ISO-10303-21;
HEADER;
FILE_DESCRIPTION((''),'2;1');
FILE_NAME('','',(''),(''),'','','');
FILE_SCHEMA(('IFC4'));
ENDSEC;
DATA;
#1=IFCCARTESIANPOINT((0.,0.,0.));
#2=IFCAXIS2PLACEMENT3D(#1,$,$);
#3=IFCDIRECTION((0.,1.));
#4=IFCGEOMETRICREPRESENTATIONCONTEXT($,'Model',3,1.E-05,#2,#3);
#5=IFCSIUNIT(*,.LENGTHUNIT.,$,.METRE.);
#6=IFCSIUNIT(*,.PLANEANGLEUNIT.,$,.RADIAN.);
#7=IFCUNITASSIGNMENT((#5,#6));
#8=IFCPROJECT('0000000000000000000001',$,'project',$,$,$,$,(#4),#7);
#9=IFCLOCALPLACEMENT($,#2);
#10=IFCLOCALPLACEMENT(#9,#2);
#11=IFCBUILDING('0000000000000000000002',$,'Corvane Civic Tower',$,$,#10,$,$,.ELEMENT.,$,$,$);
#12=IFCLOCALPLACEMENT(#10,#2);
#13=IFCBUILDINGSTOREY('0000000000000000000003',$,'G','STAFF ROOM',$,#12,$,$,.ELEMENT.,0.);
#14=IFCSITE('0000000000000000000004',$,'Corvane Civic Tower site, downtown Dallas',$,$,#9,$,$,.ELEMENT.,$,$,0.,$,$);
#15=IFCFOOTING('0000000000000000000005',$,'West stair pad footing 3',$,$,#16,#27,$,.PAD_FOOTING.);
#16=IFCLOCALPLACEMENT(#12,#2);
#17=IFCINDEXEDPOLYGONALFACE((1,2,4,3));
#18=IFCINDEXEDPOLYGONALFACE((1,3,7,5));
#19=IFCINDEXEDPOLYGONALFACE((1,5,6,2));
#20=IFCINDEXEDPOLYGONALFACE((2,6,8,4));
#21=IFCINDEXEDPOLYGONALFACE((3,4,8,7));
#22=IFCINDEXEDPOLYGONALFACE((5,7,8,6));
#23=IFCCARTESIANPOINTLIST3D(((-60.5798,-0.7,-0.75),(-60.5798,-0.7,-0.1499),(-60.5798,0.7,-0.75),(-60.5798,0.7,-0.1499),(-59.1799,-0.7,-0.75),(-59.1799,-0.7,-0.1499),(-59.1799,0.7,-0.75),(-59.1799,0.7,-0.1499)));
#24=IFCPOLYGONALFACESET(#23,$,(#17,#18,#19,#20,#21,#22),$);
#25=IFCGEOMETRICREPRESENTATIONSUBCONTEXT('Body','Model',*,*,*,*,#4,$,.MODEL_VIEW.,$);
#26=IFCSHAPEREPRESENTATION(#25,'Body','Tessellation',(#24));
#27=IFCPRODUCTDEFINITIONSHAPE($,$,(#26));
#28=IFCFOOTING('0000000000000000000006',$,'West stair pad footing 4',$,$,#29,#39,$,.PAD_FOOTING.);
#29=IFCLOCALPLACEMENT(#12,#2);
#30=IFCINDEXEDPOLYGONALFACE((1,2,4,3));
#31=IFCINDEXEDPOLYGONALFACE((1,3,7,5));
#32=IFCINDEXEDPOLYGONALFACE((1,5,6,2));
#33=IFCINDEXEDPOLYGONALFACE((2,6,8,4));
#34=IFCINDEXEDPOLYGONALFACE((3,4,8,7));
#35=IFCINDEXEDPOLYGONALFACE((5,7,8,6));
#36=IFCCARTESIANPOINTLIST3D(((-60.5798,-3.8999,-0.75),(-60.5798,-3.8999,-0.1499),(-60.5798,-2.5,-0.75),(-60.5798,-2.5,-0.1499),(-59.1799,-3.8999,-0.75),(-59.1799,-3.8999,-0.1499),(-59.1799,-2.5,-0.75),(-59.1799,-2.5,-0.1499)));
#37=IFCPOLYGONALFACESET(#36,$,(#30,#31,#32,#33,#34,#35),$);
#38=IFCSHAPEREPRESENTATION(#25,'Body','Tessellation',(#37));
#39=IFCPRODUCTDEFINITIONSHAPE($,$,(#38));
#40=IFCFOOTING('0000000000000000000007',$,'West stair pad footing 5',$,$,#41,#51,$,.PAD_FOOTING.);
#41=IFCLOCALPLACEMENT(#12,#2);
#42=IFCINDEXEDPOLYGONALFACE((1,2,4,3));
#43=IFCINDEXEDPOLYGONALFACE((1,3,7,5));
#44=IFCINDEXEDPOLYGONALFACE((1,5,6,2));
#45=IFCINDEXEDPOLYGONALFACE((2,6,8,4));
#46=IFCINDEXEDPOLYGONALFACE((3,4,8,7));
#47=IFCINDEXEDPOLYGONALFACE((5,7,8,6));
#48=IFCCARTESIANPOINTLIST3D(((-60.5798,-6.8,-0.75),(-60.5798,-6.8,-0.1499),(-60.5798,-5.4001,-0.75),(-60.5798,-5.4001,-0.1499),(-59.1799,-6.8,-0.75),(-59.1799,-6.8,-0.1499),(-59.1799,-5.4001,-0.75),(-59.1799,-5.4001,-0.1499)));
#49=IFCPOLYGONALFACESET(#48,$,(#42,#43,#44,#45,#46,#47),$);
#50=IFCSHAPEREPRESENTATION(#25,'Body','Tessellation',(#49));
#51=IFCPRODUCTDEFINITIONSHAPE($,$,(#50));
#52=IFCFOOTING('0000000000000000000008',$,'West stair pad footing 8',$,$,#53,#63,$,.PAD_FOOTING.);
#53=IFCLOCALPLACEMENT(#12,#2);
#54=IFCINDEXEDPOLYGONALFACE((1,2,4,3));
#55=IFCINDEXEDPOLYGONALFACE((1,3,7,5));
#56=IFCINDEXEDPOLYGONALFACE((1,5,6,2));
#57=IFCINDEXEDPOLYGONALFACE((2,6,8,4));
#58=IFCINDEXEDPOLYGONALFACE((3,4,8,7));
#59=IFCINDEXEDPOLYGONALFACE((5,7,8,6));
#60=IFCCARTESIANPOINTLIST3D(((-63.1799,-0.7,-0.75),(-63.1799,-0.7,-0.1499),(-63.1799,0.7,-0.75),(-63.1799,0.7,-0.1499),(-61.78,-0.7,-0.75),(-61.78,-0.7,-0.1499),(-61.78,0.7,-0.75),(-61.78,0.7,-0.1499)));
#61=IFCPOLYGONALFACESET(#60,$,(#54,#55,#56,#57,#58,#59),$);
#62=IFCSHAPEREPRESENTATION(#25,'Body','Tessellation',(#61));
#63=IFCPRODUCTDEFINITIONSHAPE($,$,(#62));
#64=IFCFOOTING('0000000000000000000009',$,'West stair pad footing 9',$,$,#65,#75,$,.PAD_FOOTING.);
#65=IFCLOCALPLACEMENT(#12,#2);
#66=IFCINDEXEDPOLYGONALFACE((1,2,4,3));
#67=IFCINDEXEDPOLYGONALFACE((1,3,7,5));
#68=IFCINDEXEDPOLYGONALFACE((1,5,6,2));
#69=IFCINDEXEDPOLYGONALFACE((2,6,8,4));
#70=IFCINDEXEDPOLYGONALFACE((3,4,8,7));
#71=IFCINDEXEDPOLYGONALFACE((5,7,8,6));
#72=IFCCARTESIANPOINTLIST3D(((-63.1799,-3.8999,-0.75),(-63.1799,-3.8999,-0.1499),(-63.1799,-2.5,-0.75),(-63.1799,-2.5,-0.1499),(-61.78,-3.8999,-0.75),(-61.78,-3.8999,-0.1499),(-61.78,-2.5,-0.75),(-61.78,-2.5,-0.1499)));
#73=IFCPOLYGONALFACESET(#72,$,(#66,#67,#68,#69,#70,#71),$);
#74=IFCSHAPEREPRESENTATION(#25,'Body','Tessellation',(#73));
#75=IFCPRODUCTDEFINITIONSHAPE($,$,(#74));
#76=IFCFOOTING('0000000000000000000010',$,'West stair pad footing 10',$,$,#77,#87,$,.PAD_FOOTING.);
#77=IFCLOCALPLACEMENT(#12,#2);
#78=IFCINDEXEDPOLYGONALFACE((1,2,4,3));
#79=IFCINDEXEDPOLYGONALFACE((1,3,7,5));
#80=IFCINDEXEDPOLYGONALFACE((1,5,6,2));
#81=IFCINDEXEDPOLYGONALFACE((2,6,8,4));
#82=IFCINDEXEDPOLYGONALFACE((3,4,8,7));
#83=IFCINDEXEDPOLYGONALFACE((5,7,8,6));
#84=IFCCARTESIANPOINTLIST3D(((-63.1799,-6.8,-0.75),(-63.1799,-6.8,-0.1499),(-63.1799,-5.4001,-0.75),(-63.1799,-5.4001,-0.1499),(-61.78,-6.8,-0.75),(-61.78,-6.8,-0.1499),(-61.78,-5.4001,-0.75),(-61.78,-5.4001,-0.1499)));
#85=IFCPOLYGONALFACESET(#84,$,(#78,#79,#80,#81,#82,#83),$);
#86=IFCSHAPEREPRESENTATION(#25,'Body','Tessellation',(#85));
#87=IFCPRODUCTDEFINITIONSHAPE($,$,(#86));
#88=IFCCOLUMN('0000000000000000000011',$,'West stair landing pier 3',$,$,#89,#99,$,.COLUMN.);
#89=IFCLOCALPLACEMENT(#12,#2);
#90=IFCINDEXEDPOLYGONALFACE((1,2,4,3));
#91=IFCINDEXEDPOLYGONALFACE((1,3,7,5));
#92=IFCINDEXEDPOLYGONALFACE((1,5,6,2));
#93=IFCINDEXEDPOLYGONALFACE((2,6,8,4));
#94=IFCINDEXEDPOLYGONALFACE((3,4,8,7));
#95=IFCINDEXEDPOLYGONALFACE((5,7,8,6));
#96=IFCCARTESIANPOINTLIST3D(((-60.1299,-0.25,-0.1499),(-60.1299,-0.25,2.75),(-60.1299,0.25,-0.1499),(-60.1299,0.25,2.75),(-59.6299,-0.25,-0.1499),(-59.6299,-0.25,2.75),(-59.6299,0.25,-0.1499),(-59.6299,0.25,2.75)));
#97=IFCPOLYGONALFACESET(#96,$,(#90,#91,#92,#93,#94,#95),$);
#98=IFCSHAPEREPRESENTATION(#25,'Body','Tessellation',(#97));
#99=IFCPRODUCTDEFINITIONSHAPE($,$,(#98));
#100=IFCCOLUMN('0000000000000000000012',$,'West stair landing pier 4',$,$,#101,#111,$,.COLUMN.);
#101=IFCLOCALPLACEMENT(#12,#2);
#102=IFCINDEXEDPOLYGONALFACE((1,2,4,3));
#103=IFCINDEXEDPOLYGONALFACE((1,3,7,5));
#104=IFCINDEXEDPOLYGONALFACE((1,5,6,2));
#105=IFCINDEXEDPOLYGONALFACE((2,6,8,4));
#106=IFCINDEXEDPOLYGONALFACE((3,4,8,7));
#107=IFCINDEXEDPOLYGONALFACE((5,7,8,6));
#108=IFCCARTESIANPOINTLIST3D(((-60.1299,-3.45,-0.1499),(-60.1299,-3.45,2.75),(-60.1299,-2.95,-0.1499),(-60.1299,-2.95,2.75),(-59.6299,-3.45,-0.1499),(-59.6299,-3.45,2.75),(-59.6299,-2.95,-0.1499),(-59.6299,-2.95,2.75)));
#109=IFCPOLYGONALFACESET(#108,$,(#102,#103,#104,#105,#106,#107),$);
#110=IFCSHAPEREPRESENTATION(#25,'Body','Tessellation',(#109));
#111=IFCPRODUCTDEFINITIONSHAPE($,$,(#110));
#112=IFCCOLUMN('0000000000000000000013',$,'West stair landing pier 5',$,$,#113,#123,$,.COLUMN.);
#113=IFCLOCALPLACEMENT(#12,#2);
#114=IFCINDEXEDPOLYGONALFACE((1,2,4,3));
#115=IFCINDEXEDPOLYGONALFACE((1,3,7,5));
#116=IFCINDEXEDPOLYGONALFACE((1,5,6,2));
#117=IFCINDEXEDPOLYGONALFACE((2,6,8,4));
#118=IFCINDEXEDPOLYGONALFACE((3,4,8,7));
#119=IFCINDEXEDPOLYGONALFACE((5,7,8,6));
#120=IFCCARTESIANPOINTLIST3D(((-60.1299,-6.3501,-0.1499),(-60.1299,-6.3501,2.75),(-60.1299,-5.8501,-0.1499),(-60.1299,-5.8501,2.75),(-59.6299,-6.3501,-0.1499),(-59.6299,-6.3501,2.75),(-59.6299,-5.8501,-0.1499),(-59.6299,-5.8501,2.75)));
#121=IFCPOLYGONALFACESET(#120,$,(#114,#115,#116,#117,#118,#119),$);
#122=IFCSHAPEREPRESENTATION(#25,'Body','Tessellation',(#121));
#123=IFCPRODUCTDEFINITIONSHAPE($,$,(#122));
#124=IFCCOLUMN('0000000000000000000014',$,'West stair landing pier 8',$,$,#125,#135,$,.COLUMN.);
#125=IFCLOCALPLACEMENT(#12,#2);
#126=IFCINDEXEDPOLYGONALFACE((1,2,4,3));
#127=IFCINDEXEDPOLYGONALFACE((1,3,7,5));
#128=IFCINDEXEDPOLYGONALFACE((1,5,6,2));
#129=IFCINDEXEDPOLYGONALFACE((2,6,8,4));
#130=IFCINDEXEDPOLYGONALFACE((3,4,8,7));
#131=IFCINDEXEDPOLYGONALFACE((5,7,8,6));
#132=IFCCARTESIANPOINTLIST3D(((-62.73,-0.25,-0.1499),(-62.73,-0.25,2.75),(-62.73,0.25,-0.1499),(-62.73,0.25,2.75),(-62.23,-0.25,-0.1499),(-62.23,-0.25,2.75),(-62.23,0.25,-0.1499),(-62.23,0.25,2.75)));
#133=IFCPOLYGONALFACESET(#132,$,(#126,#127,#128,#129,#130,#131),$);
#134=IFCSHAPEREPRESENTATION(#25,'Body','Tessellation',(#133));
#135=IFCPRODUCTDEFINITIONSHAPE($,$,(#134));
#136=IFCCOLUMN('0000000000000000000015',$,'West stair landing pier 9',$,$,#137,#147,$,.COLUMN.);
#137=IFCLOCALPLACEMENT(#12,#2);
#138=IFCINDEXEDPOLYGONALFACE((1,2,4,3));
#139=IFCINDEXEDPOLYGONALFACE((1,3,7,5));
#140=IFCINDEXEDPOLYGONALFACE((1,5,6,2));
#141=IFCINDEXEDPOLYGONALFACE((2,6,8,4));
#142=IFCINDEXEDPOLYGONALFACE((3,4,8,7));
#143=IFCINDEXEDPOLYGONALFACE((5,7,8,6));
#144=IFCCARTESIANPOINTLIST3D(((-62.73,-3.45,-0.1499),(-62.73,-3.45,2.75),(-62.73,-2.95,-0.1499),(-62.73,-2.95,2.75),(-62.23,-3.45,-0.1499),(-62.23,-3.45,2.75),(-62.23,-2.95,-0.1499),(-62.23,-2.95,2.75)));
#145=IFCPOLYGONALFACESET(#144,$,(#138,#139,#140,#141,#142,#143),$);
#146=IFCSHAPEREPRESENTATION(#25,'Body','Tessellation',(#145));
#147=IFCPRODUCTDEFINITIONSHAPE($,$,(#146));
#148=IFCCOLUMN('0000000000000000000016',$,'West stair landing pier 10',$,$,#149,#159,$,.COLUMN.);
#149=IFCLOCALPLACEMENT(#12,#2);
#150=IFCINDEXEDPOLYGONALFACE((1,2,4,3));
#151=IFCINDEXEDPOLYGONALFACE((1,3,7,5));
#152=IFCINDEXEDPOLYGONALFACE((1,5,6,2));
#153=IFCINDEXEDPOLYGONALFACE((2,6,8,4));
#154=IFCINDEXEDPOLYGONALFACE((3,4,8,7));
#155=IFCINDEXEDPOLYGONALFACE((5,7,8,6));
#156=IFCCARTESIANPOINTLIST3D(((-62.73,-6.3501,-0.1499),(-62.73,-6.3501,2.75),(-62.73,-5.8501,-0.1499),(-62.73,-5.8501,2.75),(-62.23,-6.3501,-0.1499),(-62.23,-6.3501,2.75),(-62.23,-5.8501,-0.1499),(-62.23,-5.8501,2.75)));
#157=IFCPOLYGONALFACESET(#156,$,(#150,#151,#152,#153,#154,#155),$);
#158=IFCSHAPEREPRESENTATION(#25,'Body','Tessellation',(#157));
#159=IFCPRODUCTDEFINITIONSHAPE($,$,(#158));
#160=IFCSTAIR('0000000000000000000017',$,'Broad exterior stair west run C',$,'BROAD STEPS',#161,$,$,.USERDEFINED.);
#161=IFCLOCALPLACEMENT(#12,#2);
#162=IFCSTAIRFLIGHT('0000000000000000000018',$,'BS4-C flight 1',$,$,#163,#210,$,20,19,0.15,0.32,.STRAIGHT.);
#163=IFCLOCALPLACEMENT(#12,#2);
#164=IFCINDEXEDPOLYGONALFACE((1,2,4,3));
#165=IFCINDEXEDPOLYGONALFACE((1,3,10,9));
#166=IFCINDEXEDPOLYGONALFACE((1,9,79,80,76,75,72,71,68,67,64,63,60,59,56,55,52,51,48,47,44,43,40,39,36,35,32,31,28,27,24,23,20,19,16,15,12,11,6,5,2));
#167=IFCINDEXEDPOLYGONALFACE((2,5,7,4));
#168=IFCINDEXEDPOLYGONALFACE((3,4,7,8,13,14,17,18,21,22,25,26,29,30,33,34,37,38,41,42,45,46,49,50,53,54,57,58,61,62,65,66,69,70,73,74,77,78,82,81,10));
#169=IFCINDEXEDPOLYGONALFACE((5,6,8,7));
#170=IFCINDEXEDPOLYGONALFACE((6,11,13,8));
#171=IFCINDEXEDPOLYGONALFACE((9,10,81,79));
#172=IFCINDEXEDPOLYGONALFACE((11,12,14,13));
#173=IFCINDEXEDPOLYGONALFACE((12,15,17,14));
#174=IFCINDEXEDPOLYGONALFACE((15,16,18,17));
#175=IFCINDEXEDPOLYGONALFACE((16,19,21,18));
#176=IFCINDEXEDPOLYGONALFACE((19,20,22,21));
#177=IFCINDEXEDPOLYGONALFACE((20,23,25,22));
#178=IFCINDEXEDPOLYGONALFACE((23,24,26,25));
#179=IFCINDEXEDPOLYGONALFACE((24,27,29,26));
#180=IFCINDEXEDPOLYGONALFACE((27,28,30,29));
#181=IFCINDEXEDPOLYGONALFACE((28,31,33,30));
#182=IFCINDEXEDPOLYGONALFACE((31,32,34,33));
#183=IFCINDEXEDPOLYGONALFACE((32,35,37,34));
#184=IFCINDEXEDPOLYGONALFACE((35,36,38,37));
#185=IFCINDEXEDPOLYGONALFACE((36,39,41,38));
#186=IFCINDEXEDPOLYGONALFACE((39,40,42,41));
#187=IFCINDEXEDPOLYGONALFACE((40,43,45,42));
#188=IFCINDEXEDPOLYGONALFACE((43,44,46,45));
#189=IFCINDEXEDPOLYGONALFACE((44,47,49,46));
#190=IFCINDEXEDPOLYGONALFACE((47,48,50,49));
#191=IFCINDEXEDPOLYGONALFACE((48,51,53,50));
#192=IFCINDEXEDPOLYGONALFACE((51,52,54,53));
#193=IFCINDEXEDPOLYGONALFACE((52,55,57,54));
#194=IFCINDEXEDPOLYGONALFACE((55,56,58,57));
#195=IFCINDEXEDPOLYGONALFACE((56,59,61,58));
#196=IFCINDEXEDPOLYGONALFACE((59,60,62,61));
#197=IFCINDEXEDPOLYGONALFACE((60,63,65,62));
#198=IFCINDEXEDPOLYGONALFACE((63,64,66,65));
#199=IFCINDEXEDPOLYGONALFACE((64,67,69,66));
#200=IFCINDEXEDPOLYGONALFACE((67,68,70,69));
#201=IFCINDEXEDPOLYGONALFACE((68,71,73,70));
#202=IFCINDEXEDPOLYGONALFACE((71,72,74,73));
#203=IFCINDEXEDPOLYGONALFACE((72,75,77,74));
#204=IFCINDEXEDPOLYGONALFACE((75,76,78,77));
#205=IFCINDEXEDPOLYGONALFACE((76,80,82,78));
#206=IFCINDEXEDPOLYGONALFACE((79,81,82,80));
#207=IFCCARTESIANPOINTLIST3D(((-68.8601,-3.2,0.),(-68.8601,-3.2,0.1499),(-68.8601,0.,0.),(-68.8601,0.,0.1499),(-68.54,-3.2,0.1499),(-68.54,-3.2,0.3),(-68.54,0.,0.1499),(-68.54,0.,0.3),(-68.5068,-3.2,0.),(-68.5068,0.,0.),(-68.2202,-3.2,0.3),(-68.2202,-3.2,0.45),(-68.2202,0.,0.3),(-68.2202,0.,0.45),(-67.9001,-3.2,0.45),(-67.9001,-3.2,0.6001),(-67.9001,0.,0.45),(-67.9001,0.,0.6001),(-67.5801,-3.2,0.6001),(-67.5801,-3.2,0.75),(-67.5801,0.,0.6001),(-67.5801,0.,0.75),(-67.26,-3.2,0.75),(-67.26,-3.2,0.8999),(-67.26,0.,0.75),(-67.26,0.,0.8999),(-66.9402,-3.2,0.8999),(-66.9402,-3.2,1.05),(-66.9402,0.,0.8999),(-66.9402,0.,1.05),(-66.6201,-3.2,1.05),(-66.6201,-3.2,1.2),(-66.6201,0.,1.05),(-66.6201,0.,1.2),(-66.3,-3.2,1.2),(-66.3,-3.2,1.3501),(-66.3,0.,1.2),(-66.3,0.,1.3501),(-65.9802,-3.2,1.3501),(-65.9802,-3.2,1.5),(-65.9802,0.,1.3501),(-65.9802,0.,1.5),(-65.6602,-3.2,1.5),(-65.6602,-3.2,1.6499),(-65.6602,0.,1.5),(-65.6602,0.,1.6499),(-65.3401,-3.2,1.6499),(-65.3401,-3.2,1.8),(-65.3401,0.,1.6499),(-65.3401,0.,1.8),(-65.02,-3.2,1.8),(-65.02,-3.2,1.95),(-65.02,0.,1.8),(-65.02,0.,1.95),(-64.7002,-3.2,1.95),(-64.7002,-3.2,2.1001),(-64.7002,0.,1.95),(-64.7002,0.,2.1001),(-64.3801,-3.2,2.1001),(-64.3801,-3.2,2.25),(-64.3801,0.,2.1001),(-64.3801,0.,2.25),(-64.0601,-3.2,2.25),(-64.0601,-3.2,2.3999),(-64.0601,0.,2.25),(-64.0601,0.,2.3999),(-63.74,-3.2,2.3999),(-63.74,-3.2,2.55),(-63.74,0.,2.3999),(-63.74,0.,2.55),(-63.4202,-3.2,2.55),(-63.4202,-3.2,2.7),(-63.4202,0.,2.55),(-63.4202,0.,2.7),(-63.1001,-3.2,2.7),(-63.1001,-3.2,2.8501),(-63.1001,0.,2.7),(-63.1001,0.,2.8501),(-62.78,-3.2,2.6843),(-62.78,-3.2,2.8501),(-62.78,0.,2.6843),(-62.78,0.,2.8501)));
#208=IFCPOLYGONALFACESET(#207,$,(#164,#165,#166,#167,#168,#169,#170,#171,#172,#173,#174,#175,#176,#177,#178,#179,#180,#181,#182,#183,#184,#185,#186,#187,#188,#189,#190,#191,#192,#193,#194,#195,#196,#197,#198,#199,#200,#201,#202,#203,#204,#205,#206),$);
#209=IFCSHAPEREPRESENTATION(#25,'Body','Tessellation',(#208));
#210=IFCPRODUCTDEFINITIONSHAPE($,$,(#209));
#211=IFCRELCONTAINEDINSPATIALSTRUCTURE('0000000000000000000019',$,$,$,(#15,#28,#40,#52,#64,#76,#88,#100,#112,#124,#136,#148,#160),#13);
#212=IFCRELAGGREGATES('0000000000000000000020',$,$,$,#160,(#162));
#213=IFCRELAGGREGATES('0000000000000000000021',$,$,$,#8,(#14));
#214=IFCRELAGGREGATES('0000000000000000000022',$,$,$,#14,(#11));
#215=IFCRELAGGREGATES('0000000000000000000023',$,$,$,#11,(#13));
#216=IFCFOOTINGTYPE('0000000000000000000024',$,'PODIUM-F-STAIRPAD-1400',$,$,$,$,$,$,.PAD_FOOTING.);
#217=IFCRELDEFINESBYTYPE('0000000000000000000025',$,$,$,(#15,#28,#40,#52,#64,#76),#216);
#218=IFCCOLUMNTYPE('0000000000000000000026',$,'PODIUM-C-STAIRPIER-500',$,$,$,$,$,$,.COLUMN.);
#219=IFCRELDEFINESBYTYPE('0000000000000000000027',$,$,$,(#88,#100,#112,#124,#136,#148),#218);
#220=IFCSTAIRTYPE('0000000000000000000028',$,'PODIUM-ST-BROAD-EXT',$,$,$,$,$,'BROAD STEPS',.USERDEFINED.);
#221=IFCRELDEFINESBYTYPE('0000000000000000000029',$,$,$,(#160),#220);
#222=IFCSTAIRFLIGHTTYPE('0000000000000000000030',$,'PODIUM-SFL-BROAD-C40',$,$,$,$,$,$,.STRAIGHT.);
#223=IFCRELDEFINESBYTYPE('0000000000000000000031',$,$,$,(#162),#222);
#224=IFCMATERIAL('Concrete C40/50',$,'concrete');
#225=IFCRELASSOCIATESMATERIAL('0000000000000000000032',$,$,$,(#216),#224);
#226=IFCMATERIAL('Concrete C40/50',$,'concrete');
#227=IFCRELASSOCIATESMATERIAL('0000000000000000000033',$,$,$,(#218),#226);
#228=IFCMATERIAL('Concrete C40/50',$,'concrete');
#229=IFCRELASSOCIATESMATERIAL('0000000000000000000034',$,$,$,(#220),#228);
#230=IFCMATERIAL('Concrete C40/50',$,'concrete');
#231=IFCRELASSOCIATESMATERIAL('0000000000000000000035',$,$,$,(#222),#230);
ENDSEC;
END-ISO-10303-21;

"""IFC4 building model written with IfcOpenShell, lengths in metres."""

from ifc_helpers import new_model, si_unit, direction, frame, origin, origin_2d, place, context, subcontext, project, spatial, polyline, rectangle, outline, extrude, material, material_profile, profile_set, type_object, element, aggregate, save


model = new_model("IFC4")

# Units and contexts
model_context = context("Model", 3, precision=1e-05, world=origin(), true_north=direction((0.0, 1.0)))
body_context = subcontext(model_context, "Body", "Model", "MODEL_VIEW")
ifc_project = project(units=[si_unit("LENGTHUNIT", "METRE"), si_unit("PLANEANGLEUNIT", "RADIAN")], contexts=[model_context])

# Site, building, storey
site_placement = place(None, origin())
site = spatial("IfcSite", under=ifc_project, at=site_placement, Name="Corvane Civic Tower site, downtown Dallas", CompositionType="ELEMENT", RefElevation=0.0)
building_placement = place(site_placement, origin())
building = spatial("IfcBuilding", under=site, at=building_placement, Name="Corvane Civic Tower", CompositionType="ELEMENT")
storey_placement = place(building_placement, origin())
storey = spatial("IfcBuildingStorey", under=building, at=storey_placement, Name="G", Description="STAFF ROOM", CompositionType="ELEMENT", Elevation=0.0)

# Footings
ifc_material_1 = material(Name="Concrete C40/50", Category="concrete")
footing_type = type_object("IfcFootingType", Name="PODIUM-F-STAIRPAD-1400", PredefinedType="PAD_FOOTING", material=ifc_material_1)
for number, where, z_axis, x_axis, name in (
    (1, (-59.8799, 0.0, -0.75), (0.0, 0.0, 1.0), (-1.0, 0.0, 0.0), "West stair pad footing 3"),
    (2, (-59.8799, -3.2, -0.75), (0.0, 0.0, 1.0), (-1.0, 0.0, 0.0), "West stair pad footing 4"),
    (3, (-59.8799, -6.1001, -0.75), (0.0, 0.0, 1.0), (-1.0, 0.0, 0.0), "West stair pad footing 5"),
    (4, (-62.48, 0.0, -0.75), (0.0, 0.0, 1.0), (-1.0, 0.0, 0.0), "West stair pad footing 8"),
    (5, (-62.48, -3.2, -0.75), (0.0, 0.0, 1.0), (-1.0, 0.0, 0.0), "West stair pad footing 9"),
    (6, (-62.48, -6.1001, -0.75), (0.0, 0.0, 1.0), (-1.0, 0.0, 0.0), "West stair pad footing 10"),
):
    element("IfcFooting", number, at=place(storey_placement, frame(where, z_axis=z_axis, x_axis=x_axis)), inside=storey, type_object=footing_type, Name=name, PredefinedType="PAD_FOOTING", context=body_context, shape_type="SweptSolid", body=[
        extrude(rectangle(XDim=1.3999, YDim=1.3999, at=origin_2d()), origin(), (0.0, 0.0, 1.0), 0.6001),
    ])

# Columns
ifc_material_2 = material(Name="Concrete C40/50", Category="concrete")
ifc_material_profile = material_profile(ifc_material_2, rectangle(XDim=0.5, YDim=0.5, at=origin_2d()), Name="RC 500x500")
ifc_profile_set = profile_set([ifc_material_profile], Name="Concrete C40/50")
column_type = type_object("IfcColumnType", Name="PODIUM-C-STAIRPIER-500", PredefinedType="COLUMN", material=ifc_profile_set)
for number, where, z_axis, x_axis, name in (
    (7, (-59.8799, 0.0, -0.1499), (0.0, 0.0, 1.0), (-1.0, 0.0, 0.0), "West stair landing pier 3"),
    (8, (-59.8799, -3.2, -0.1499), (0.0, 0.0, 1.0), (-1.0, 0.0, 0.0), "West stair landing pier 4"),
    (9, (-59.8799, -6.1001, -0.1499), (0.0, 0.0, 1.0), (-1.0, 0.0, 0.0), "West stair landing pier 5"),
    (10, (-62.48, 0.0, -0.1499), (0.0, 0.0, 1.0), (-1.0, 0.0, 0.0), "West stair landing pier 8"),
    (11, (-62.48, -3.2, -0.1499), (0.0, 0.0, 1.0), (-1.0, 0.0, 0.0), "West stair landing pier 9"),
    (12, (-62.48, -6.1001, -0.1499), (0.0, 0.0, 1.0), (-1.0, 0.0, 0.0), "West stair landing pier 10"),
):
    element("IfcColumn", number, at=place(storey_placement, frame(where, z_axis=z_axis, x_axis=x_axis)), inside=storey, type_object=column_type, Name=name, PredefinedType="COLUMN", context=body_context, shape_type="SweptSolid", body=[
        extrude(rectangle(XDim=0.5, YDim=0.5, at=origin_2d()), origin(), (0.0, 0.0, 1.0), 2.8999),
    ])

# Stair, stair flight
ifc_material_3 = material(Name="Concrete C40/50", Category="concrete")
stair_type = type_object("IfcStairType", Name="PODIUM-ST-BROAD-EXT", ElementType="BROAD STEPS", PredefinedType="USERDEFINED", material=ifc_material_3)
stair_1_placement = place(storey_placement, origin())
stair_1 = element("IfcStair", 13, at=stair_1_placement, inside=storey, type_object=stair_type, Name="Broad exterior stair west run C", ObjectType="BROAD STEPS", PredefinedType="USERDEFINED")
ifc_material_4 = material(Name="Concrete C40/50", Category="concrete")
stair_flight_type = type_object("IfcStairFlightType", Name="PODIUM-SFL-BROAD-C40", PredefinedType="STRAIGHT", material=ifc_material_4)
stair_flight_1_placement = place(storey_placement, frame((-68.8601, -1.6001, 0.0), z_axis=(0.0, 0.0, 1.0), x_axis=(1.0, 0.0, 0.0)))
stair_flight_1 = element("IfcStairFlight", 14, at=stair_flight_1_placement, type_object=stair_flight_type, Name="BS4-C flight 1", NumberOfRisers=20, NumberOfTreads=19, PredefinedType="STRAIGHT", RiserHeight=0.15, TreadLength=0.32, context=body_context, shape_type="SweptSolid", body=[
    extrude(outline(polyline([(0.0, 0.0), (0.0, 0.1499), (0.3201, 0.1499), (0.3201, 0.3), (0.6399, 0.3), (0.6399, 0.45), (0.96, 0.45), (0.96, 0.6001), (1.28, 0.6001), (1.28, 0.75), (1.6001, 0.75), (1.6001, 0.8999), (1.9199, 0.8999), (1.9199, 1.05), (2.24, 1.05), (2.24, 1.2), (2.5601, 1.2), (2.5601, 1.3501), (2.8799, 1.3501), (2.8799, 1.5), (3.2, 1.5), (3.2, 1.6499), (3.52, 1.6499), (3.52, 1.8), (3.8401, 1.8), (3.8401, 1.95), (4.1599, 1.95), (4.1599, 2.1001), (4.48, 2.1001), (4.48, 2.25), (4.8, 2.25), (4.8, 2.3999), (5.1201, 2.3999), (5.1201, 2.55), (5.4399, 2.55), (5.4399, 2.7), (5.76, 2.7), (5.76, 2.8501), (6.0801, 2.8501), (6.0801, 3.0), (6.0801, 2.6843), (0.3533, 0.0), (0.0, 0.0)])), frame((0.0, 1.6001, 0.0), z_axis=(0.0, -1.0, 0.0), x_axis=(1.0, 0.0, 0.0)), (0.0, 0.0, 1.0), 3.2),
])
aggregate(stair_1, [stair_flight_1])

save(model, "model.ifc")
